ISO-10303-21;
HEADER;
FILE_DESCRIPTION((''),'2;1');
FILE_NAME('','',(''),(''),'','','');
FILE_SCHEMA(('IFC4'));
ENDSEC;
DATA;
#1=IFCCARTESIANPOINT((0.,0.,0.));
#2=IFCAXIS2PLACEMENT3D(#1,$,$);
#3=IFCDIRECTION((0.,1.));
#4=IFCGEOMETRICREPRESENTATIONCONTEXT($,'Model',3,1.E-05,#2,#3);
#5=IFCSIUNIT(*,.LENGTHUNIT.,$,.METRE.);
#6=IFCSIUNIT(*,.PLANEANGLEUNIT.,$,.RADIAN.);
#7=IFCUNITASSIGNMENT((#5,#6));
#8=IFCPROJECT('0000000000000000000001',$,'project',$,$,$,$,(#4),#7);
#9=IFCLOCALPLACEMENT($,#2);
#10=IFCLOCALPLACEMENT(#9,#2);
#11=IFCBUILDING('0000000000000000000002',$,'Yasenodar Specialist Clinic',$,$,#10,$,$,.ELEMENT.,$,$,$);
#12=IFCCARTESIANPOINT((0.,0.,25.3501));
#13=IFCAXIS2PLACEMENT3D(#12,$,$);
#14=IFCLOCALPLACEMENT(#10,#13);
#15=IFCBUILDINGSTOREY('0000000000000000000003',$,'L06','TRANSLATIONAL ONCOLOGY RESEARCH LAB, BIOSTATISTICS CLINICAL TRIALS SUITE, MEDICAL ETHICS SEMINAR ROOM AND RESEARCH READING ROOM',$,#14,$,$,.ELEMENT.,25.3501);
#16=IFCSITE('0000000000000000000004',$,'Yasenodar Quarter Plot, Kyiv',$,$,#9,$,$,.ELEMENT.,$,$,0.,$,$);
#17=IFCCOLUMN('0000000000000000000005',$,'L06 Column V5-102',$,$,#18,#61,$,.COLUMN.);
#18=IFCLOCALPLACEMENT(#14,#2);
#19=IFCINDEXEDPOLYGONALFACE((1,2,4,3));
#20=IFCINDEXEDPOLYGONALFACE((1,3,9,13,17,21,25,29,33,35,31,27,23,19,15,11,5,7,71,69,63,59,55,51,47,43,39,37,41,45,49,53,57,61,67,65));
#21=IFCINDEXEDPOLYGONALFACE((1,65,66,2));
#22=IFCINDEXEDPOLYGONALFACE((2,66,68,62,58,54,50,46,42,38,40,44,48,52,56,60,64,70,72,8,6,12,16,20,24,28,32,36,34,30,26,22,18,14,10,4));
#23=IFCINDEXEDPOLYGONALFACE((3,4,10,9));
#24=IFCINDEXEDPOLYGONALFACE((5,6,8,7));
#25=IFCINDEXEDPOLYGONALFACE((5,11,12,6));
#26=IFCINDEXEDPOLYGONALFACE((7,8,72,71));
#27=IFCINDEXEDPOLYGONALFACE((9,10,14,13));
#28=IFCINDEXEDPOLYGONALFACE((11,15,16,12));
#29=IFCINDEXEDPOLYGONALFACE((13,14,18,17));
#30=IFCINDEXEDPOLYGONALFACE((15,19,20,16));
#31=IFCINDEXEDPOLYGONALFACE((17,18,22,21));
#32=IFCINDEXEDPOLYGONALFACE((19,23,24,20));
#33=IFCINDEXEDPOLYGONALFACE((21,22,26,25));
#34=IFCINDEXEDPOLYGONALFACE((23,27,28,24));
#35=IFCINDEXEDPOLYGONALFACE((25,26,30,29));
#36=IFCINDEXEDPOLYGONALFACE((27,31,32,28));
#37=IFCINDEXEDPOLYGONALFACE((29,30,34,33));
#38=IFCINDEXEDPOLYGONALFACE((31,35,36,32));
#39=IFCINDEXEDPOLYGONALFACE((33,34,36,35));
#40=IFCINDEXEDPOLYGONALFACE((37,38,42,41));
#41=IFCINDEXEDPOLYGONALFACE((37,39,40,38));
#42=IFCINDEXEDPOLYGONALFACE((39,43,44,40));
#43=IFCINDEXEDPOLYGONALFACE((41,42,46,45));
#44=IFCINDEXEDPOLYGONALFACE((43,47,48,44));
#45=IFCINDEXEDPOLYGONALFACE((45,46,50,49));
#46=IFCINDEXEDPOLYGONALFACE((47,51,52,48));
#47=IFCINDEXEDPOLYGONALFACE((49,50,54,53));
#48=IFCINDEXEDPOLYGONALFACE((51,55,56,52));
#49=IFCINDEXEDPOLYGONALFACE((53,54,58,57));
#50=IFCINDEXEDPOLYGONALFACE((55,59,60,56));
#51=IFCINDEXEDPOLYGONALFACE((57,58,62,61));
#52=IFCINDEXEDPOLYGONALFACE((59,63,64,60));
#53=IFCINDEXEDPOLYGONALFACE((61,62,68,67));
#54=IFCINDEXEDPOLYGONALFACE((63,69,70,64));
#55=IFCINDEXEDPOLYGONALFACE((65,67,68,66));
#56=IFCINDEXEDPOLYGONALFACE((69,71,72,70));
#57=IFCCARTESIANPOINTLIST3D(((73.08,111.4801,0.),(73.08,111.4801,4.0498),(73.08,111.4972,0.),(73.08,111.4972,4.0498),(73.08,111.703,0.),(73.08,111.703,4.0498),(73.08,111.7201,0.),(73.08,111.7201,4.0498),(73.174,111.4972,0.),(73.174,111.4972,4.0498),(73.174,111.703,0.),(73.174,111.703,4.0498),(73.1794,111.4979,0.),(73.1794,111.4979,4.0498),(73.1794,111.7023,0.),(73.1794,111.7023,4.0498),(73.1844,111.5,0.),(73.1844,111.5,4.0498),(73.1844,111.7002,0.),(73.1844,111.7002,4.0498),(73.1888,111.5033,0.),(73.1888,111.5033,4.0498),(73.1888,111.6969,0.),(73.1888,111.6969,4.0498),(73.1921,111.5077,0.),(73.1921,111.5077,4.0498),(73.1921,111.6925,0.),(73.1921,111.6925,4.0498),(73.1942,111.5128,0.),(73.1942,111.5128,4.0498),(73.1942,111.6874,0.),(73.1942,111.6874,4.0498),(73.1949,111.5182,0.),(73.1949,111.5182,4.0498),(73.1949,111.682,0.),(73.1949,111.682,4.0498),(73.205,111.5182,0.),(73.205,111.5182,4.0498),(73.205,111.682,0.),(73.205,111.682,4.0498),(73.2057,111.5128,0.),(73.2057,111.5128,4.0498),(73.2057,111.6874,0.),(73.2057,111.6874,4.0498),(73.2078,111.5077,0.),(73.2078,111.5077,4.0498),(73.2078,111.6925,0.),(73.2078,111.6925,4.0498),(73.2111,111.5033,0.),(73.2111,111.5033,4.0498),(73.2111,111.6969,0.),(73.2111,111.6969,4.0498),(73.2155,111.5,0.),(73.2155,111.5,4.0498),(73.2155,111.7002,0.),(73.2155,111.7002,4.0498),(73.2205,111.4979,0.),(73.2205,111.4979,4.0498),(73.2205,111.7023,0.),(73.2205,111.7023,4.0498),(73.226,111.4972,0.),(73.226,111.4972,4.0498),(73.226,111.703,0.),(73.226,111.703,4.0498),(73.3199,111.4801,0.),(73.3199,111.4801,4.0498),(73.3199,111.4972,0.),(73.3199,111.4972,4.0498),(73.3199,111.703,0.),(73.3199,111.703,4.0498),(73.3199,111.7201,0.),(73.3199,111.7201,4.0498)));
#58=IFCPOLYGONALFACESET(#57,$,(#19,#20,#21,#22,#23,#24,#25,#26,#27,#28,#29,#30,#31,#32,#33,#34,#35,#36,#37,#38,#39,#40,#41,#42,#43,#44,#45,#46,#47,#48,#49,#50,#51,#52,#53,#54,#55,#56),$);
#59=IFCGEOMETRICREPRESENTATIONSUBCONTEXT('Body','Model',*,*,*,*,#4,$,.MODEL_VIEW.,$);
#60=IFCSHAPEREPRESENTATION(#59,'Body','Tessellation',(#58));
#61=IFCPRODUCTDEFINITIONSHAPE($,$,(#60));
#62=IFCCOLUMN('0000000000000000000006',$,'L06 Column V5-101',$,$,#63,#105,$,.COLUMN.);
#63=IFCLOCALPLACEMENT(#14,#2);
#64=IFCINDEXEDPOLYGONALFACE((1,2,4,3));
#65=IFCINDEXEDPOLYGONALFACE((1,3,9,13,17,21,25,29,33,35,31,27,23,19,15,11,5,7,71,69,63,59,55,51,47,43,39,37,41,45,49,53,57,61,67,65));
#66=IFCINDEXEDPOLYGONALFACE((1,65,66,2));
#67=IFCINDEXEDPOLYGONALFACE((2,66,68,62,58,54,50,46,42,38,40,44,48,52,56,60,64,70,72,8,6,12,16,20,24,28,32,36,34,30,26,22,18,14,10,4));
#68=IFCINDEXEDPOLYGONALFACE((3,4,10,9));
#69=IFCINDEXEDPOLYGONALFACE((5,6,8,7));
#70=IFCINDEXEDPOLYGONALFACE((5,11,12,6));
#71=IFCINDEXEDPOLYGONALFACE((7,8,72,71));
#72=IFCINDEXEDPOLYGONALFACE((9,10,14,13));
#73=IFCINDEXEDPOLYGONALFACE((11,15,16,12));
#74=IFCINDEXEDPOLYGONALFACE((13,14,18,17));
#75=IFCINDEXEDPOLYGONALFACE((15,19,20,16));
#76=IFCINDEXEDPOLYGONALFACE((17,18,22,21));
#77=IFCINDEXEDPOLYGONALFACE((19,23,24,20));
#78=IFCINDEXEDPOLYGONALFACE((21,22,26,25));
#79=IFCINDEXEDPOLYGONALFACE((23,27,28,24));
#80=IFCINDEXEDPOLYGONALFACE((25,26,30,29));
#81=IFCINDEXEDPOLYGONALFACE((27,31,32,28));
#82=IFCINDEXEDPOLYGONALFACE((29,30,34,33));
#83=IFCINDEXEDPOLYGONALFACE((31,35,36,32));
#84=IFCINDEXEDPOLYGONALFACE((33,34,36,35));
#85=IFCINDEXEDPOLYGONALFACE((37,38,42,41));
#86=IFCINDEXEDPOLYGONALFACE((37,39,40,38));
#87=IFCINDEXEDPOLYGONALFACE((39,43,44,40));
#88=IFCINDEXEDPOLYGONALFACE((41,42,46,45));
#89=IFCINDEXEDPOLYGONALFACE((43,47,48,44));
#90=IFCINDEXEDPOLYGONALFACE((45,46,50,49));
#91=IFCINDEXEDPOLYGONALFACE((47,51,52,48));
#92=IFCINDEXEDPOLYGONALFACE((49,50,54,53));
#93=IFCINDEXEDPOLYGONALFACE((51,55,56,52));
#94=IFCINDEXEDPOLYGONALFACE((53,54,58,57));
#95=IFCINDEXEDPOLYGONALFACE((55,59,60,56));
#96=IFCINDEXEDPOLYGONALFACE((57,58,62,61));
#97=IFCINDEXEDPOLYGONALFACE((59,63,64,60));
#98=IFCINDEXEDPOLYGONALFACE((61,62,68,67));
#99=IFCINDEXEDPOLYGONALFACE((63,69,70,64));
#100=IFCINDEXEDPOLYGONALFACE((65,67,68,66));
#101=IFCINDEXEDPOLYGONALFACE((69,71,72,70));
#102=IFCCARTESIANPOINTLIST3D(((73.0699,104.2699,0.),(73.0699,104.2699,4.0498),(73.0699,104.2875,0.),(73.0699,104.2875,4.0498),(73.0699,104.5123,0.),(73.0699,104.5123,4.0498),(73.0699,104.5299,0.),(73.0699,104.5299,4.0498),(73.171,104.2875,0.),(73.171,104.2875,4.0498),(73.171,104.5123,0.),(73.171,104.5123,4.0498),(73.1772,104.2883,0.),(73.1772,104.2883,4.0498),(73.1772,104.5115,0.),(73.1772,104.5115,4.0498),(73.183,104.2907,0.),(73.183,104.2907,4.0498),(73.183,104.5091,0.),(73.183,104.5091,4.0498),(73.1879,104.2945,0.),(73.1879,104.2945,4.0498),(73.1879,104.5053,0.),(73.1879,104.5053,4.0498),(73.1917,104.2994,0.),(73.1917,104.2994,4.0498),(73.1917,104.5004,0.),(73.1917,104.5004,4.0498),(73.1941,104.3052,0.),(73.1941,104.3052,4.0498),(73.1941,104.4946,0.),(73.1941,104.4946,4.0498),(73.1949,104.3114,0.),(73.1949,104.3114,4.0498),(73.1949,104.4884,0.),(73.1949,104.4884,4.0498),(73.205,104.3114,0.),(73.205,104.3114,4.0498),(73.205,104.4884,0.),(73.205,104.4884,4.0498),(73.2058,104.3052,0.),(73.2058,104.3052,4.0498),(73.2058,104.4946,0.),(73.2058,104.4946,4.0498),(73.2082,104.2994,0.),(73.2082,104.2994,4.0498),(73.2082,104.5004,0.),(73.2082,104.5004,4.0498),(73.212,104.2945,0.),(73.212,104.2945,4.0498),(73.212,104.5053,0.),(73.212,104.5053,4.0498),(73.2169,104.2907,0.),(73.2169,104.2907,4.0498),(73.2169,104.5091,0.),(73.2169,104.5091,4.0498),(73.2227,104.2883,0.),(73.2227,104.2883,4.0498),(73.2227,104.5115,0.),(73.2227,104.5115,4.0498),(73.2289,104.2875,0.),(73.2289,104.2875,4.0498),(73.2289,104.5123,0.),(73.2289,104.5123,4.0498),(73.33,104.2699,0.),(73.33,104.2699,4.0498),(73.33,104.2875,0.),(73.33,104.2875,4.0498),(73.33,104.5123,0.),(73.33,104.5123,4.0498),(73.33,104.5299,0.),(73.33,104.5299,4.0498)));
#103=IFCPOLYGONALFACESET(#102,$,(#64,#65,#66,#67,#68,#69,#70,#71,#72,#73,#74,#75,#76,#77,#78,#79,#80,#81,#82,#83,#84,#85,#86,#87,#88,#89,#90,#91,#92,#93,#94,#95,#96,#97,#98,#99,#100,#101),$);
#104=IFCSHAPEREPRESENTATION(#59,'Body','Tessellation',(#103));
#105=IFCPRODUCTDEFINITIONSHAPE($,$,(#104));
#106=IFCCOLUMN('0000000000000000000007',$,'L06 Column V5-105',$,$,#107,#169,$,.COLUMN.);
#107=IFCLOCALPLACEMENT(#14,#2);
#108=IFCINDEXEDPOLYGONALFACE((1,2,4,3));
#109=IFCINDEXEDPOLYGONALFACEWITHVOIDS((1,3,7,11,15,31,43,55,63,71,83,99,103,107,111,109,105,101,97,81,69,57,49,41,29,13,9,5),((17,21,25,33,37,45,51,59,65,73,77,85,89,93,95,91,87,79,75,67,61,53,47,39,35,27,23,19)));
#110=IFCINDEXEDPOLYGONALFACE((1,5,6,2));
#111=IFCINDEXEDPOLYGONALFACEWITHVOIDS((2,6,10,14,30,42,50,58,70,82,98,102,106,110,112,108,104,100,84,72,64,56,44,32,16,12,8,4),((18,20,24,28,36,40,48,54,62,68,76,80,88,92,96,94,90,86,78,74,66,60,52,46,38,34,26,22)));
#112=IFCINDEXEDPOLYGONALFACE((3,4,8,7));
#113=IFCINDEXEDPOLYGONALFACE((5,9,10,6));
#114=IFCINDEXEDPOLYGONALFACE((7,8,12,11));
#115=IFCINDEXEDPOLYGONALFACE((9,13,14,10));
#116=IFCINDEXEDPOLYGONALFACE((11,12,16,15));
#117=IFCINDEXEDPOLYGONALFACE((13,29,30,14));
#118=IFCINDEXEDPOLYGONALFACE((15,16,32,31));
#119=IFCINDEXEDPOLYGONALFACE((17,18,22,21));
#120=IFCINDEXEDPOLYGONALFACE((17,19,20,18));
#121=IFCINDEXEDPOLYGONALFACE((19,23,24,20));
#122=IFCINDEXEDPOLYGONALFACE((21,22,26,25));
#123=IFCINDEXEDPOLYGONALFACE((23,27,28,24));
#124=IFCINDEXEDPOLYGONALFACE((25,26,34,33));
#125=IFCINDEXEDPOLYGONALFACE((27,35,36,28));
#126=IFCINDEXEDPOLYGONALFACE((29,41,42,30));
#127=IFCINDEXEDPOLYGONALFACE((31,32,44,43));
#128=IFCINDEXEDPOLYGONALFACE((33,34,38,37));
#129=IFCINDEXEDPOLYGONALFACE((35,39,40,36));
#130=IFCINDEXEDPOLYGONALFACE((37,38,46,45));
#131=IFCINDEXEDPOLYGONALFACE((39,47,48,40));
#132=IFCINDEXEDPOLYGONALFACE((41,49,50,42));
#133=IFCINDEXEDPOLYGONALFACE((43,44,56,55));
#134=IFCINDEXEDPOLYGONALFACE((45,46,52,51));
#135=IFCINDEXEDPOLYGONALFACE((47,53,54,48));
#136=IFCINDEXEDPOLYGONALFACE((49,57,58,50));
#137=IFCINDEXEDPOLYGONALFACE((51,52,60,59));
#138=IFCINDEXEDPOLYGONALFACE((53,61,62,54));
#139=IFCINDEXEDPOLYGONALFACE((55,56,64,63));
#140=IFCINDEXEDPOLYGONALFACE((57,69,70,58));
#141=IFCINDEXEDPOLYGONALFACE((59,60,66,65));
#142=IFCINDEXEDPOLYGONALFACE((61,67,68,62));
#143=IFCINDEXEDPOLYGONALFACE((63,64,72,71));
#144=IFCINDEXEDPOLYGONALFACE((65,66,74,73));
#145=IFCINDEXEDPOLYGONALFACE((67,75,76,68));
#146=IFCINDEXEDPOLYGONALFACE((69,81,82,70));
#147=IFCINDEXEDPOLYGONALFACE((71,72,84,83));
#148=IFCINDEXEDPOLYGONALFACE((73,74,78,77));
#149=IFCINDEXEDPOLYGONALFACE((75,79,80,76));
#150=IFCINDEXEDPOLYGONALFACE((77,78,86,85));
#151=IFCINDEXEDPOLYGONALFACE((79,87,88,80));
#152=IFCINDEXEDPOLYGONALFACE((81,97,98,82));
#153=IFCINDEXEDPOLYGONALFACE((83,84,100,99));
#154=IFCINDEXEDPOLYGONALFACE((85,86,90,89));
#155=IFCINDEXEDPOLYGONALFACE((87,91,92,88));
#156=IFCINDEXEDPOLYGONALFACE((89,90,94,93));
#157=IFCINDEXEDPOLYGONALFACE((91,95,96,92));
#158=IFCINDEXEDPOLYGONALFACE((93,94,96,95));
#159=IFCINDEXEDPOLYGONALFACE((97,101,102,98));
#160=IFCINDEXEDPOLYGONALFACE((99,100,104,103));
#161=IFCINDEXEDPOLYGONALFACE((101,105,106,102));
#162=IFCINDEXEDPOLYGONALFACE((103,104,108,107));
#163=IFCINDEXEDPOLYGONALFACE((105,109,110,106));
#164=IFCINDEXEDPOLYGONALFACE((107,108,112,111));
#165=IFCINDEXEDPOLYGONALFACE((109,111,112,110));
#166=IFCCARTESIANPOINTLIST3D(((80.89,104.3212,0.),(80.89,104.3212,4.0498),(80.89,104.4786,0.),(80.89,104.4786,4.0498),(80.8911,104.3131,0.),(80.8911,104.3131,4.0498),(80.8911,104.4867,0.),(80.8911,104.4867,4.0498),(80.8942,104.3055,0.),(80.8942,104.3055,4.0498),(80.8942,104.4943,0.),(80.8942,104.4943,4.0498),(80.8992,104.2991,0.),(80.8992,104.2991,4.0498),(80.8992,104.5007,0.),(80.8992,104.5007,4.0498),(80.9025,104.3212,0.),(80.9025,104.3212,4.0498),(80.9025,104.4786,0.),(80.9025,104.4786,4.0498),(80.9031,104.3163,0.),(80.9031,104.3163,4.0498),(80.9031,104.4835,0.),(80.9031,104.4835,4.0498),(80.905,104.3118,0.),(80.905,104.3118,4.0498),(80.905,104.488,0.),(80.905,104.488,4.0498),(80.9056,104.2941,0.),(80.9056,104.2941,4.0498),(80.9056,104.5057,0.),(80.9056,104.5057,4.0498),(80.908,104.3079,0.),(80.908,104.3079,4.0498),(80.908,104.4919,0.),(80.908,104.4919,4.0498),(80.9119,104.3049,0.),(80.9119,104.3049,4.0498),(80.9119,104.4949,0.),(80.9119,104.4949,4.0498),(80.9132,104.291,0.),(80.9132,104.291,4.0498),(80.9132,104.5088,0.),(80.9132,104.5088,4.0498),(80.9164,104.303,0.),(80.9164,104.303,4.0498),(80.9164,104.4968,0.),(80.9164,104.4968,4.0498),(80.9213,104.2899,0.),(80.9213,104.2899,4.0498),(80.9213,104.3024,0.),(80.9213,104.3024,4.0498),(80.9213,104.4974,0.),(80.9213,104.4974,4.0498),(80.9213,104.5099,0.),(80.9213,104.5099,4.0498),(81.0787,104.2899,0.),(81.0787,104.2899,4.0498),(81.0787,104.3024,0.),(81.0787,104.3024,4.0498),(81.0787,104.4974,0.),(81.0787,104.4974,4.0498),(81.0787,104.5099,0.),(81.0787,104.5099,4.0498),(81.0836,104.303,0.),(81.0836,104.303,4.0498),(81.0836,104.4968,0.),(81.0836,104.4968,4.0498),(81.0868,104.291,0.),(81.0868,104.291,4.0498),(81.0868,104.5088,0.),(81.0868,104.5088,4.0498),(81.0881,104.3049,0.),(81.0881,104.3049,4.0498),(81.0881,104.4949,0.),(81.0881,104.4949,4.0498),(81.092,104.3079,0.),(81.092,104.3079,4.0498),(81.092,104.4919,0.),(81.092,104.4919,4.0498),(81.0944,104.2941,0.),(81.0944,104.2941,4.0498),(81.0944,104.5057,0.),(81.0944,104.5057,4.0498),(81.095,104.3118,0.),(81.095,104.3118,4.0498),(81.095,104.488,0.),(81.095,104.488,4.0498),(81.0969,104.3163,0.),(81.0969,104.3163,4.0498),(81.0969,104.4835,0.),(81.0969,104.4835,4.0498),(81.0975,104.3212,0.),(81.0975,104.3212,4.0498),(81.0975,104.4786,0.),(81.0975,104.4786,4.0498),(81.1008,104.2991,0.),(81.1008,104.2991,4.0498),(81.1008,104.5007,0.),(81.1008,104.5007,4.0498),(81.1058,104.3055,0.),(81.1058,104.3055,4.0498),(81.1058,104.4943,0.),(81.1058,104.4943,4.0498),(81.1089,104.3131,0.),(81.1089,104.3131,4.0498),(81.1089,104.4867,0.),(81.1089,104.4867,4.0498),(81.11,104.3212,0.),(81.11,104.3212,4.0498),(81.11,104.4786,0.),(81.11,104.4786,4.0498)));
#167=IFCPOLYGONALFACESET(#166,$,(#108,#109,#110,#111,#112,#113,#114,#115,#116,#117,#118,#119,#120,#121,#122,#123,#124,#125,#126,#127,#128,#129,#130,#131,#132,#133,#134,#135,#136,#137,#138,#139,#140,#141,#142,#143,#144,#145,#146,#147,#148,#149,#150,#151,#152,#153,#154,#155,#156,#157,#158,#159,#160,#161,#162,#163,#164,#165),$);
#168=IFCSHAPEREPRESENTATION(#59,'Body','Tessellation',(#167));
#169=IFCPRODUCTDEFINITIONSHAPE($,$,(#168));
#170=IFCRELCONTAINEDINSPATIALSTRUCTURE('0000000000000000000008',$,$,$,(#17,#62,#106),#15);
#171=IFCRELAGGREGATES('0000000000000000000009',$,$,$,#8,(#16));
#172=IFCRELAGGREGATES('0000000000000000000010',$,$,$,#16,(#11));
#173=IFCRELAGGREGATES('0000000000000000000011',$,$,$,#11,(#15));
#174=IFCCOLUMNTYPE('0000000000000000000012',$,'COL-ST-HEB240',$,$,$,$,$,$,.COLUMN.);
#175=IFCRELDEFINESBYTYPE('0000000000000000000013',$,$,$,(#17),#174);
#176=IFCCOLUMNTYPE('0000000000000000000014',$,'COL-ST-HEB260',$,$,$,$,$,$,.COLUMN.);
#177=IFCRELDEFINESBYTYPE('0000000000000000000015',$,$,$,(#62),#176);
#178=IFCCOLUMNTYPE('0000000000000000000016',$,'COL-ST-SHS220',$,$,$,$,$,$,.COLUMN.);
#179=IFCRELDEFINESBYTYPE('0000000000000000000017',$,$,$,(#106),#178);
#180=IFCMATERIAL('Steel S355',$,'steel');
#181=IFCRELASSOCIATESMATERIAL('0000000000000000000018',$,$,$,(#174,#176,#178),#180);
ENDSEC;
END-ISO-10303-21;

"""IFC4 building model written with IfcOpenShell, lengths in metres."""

from ifc_helpers import new_model, si_unit, direction, frame, origin, origin_2d, place, context, subcontext, project, spatial, hollow_rectangle, i_section, extrude, material, material_profile, profile_set, type_object, element, save


model = new_model("IFC4")

# Units and contexts
model_context = context("Model", 3, precision=1e-05, world=origin(), true_north=direction((0.0, 1.0)))
body_context = subcontext(model_context, "Body", "Model", "MODEL_VIEW")
ifc_project = project(units=[si_unit("LENGTHUNIT", "METRE"), si_unit("PLANEANGLEUNIT", "RADIAN")], contexts=[model_context])

# Site, building, storey
site_placement = place(None, origin())
site = spatial("IfcSite", under=ifc_project, at=site_placement, Name="Yasenodar Quarter Plot, Kyiv", CompositionType="ELEMENT", RefElevation=0.0)
building_placement = place(site_placement, origin())
building = spatial("IfcBuilding", under=site, at=building_placement, Name="Yasenodar Specialist Clinic", CompositionType="ELEMENT")
storey_placement = place(building_placement, frame((0.0, 0.0, 25.3501)))
storey = spatial("IfcBuildingStorey", under=building, at=storey_placement, Name="L06", Description="TRANSLATIONAL ONCOLOGY RESEARCH LAB, BIOSTATISTICS CLINICAL TRIALS SUITE, MEDICAL ETHICS SEMINAR ROOM AND RESEARCH READING ROOM", CompositionType="ELEMENT", Elevation=25.3501)

# Columns
ifc_material_1 = material(Name="Steel S355", Category="steel")
ifc_material_profile_1 = material_profile(ifc_material_1, i_section(OverallWidth=0.24, OverallDepth=0.24, WebThickness=0.01, FlangeThickness=0.0171, FilletRadius=0.021, at=origin_2d()), Name="HEB 240")
ifc_profile_set_1 = profile_set([ifc_material_profile_1], Name="Steel S355")
column_type_1 = type_object("IfcColumnType", Name="COL-ST-HEB240", PredefinedType="COLUMN", material=ifc_profile_set_1)
column_1_placement = place(storey_placement, frame((73.2, 111.6001, 0.0), z_axis=(0.0, 0.0, 1.0), x_axis=(1.0, 0.0, 0.0)))
element("IfcColumn", 1, at=column_1_placement, inside=storey, type_object=column_type_1, Name="L06 Column V5-102", PredefinedType="COLUMN", context=body_context, shape_type="SweptSolid", body=[
    extrude(i_section(OverallWidth=0.24, OverallDepth=0.24, WebThickness=0.01, FlangeThickness=0.0171, FilletRadius=0.021, at=origin_2d()), origin(), (0.0, 0.0, 1.0), 4.0498),
])
ifc_material_profile_2 = material_profile(ifc_material_1, i_section(OverallWidth=0.26, OverallDepth=0.26, WebThickness=0.01, FlangeThickness=0.0176, FilletRadius=0.0239, at=origin_2d()), Name="HEB 260")
ifc_profile_set_2 = profile_set([ifc_material_profile_2], Name="Steel S355")
column_type_2 = type_object("IfcColumnType", Name="COL-ST-HEB260", PredefinedType="COLUMN", material=ifc_profile_set_2)
column_2_placement = place(storey_placement, frame((73.2, 104.3999, 0.0), z_axis=(0.0, 0.0, 1.0), x_axis=(1.0, 0.0, 0.0)))
element("IfcColumn", 2, at=column_2_placement, inside=storey, type_object=column_type_2, Name="L06 Column V5-101", PredefinedType="COLUMN", context=body_context, shape_type="SweptSolid", body=[
    extrude(i_section(OverallWidth=0.26, OverallDepth=0.26, WebThickness=0.01, FlangeThickness=0.0176, FilletRadius=0.0239, at=origin_2d()), origin(), (0.0, 0.0, 1.0), 4.0498),
])
ifc_material_profile_3 = material_profile(ifc_material_1, hollow_rectangle(XDim=0.22, YDim=0.22, WallThickness=0.0125, InnerFilletRadius=0.0188, OuterFilletRadius=0.0312, at=origin_2d()), Name="SHS 220x220x12.5")
ifc_profile_set_3 = profile_set([ifc_material_profile_3], Name="Steel S355")
column_type_3 = type_object("IfcColumnType", Name="COL-ST-SHS220", PredefinedType="COLUMN", material=ifc_profile_set_3)
column_3_placement = place(storey_placement, frame((81.0, 104.3999, 0.0), z_axis=(0.0, 0.0, 1.0), x_axis=(1.0, 0.0, 0.0)))
element("IfcColumn", 3, at=column_3_placement, inside=storey, type_object=column_type_3, Name="L06 Column V5-105", PredefinedType="COLUMN", context=body_context, shape_type="SweptSolid", body=[
    extrude(hollow_rectangle(XDim=0.22, YDim=0.22, WallThickness=0.0125, InnerFilletRadius=0.0188, OuterFilletRadius=0.0312, at=origin_2d()), origin(), (0.0, 0.0, 1.0), 4.0498),
])

save(model, "model.ifc")
